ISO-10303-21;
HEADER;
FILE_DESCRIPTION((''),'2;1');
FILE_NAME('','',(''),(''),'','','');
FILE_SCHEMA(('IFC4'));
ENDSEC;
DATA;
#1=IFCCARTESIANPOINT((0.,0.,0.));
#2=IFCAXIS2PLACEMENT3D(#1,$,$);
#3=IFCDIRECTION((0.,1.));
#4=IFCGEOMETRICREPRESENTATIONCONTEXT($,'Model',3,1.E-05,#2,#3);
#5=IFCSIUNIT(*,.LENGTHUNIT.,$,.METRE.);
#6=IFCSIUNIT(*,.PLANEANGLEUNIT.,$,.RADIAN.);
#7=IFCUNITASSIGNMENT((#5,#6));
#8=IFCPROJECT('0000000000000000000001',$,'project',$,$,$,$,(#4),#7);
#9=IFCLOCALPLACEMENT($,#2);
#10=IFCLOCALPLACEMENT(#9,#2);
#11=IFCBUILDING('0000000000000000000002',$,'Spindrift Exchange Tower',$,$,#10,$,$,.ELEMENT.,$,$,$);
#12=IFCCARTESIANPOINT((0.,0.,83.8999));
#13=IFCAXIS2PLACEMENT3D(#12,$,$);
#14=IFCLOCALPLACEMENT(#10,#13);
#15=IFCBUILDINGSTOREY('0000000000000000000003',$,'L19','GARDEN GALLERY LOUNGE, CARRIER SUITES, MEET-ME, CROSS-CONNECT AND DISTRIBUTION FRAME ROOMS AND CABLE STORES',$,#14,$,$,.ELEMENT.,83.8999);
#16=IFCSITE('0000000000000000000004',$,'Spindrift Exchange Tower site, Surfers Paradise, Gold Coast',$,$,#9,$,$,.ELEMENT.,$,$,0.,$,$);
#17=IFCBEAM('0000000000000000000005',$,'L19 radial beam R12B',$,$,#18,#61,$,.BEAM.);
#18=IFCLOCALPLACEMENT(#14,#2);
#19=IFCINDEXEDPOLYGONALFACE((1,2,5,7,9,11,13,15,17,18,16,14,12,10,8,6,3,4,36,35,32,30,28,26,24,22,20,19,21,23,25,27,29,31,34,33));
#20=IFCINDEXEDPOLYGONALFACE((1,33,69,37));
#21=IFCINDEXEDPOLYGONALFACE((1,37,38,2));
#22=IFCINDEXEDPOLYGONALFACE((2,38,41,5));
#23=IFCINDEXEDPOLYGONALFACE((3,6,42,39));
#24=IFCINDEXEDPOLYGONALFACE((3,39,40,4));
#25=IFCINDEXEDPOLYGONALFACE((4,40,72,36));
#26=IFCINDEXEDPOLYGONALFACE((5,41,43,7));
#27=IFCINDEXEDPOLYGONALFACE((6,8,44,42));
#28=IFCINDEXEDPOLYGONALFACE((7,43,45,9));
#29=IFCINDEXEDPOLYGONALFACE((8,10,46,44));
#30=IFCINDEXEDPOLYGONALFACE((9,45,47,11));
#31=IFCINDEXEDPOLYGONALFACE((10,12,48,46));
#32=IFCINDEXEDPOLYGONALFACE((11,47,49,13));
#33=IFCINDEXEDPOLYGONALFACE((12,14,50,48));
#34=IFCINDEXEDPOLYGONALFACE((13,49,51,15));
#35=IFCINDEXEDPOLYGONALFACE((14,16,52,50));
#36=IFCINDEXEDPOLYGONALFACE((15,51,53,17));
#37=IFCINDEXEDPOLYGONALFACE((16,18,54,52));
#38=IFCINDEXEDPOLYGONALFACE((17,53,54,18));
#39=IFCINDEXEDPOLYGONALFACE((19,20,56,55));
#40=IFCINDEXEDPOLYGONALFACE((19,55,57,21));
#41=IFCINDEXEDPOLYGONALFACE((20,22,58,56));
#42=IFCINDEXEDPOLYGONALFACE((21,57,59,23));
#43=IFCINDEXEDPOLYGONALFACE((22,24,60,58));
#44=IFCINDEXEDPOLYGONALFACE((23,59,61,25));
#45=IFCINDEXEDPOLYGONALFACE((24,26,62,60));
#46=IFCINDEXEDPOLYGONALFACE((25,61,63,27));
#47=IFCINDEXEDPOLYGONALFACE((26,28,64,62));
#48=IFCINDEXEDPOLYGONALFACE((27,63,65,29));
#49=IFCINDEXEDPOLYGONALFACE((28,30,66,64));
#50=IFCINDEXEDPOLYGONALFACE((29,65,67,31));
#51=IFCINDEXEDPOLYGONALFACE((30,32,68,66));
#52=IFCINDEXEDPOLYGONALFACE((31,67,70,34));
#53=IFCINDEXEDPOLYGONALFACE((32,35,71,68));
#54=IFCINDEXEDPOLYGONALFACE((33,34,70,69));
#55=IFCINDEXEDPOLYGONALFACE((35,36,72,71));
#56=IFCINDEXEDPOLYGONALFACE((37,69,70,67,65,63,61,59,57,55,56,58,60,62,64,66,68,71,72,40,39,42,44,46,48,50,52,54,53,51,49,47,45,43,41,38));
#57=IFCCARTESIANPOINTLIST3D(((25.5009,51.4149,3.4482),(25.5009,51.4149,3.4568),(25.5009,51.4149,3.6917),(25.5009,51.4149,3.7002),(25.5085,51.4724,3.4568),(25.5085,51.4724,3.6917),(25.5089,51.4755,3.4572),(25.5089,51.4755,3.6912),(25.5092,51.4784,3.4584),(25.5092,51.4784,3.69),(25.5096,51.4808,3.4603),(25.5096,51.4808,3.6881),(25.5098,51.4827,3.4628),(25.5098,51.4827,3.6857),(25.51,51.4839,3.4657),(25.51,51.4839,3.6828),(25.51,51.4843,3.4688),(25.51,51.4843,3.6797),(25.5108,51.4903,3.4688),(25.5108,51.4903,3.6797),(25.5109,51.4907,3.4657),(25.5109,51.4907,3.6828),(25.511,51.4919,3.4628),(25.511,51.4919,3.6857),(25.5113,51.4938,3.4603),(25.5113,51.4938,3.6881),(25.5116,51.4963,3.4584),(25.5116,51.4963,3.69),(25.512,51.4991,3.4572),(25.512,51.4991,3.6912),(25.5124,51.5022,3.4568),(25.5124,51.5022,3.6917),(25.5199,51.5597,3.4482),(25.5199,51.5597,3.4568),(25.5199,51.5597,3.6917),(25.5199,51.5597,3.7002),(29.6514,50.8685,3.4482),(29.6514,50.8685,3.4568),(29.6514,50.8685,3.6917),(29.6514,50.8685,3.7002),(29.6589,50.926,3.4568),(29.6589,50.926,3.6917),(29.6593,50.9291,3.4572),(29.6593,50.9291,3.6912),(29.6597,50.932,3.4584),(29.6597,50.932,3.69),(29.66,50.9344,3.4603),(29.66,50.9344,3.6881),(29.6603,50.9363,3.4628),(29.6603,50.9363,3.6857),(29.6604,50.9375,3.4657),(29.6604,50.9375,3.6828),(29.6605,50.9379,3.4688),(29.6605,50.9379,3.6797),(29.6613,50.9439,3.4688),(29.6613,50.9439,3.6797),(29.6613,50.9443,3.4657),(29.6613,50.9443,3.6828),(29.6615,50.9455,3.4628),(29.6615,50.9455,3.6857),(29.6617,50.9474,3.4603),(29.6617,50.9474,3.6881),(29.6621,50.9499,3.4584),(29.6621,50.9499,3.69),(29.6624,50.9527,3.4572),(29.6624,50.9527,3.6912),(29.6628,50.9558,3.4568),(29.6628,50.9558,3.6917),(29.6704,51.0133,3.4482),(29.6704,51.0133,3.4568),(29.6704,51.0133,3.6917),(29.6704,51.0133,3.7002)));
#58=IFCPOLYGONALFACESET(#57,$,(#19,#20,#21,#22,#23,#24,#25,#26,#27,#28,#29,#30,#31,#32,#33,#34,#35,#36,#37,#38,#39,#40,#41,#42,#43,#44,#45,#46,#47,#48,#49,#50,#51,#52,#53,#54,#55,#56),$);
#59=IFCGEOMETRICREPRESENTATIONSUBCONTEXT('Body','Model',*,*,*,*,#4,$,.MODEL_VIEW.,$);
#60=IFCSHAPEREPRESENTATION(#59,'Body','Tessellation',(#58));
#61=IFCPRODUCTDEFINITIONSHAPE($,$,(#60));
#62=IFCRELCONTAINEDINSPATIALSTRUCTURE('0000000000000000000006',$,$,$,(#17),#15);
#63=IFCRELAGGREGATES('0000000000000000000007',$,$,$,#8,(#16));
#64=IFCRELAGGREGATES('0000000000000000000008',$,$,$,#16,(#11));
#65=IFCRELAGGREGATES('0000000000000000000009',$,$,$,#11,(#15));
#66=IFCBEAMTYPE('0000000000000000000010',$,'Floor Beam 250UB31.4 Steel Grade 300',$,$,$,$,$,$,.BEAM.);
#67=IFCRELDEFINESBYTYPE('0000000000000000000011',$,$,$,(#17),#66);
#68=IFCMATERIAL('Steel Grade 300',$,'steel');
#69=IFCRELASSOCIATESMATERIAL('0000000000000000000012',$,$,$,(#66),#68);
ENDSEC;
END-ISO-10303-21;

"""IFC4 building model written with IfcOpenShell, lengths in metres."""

from ifc_helpers import new_model, si_unit, direction, frame, origin, origin_2d, place, context, subcontext, project, spatial, i_section, extrude, source, transform, mapped, material, material_profile, profile_set, type_object, element, save


model = new_model("IFC4")

# Units and contexts
model_context = context("Model", 3, precision=1e-05, world=origin(), true_north=direction((0.0, 1.0)))
body_context = subcontext(model_context, "Body", "Model", "MODEL_VIEW")
ifc_project = project(units=[si_unit("LENGTHUNIT", "METRE"), si_unit("PLANEANGLEUNIT", "RADIAN")], contexts=[model_context])

# Site, building, storey
site_placement = place(None, origin())
site = spatial("IfcSite", under=ifc_project, at=site_placement, Name="Spindrift Exchange Tower site, Surfers Paradise, Gold Coast", CompositionType="ELEMENT", RefElevation=0.0)
building_placement = place(site_placement, origin())
building = spatial("IfcBuilding", under=site, at=building_placement, Name="Spindrift Exchange Tower", CompositionType="ELEMENT")
storey_placement = place(building_placement, frame((0.0, 0.0, 83.8999)))
storey = spatial("IfcBuildingStorey", under=building, at=storey_placement, Name="L19", Description="GARDEN GALLERY LOUNGE, CARRIER SUITES, MEET-ME, CROSS-CONNECT AND DISTRIBUTION FRAME ROOMS AND CABLE STORES", CompositionType="ELEMENT", Elevation=83.8999)

# Beam
ifc_material_1 = material(Name="Steel Grade 300", Category="steel")
ifc_material_profile_1 = material_profile(ifc_material_1, i_section(OverallWidth=0.146, OverallDepth=0.252, WebThickness=0.0061, FlangeThickness=0.0085, FilletRadius=0.012, at=origin_2d()), Name="250UB31.4")
ifc_profile_set_1 = profile_set([ifc_material_profile_1], Name="Steel Grade 300")
beam_type_1 = type_object("IfcBeamType", Name="Floor Beam 250UB31.4 Steel Grade 300", PredefinedType="BEAM", material=ifc_profile_set_1)
shared_shape_1 = source(origin(), body_context, "Body", "SweptSolid", [
    extrude(i_section(OverallWidth=0.146, OverallDepth=0.252, WebThickness=0.0061, FlangeThickness=0.0085, FilletRadius=0.012, at=origin_2d()), origin(), (0.0, 0.0, 1.0), 4.1863),
])
beam_1_placement = place(storey_placement, frame((29.6609, 50.9409, 3.5742), z_axis=(-0.991446, 0.130521, 0.0), x_axis=(-0.130521, -0.991446, 0.0)))
element("IfcBeam", 1, at=beam_1_placement, inside=storey, type_object=beam_type_1, Name="L19 radial beam R12B", PredefinedType="BEAM", context=body_context, shape_type="MappedRepresentation", body=[
    mapped(shared_shape_1, transform((0.0, 0.0, 0.0), scale=1.0)),
])

save(model, "model.ifc")
